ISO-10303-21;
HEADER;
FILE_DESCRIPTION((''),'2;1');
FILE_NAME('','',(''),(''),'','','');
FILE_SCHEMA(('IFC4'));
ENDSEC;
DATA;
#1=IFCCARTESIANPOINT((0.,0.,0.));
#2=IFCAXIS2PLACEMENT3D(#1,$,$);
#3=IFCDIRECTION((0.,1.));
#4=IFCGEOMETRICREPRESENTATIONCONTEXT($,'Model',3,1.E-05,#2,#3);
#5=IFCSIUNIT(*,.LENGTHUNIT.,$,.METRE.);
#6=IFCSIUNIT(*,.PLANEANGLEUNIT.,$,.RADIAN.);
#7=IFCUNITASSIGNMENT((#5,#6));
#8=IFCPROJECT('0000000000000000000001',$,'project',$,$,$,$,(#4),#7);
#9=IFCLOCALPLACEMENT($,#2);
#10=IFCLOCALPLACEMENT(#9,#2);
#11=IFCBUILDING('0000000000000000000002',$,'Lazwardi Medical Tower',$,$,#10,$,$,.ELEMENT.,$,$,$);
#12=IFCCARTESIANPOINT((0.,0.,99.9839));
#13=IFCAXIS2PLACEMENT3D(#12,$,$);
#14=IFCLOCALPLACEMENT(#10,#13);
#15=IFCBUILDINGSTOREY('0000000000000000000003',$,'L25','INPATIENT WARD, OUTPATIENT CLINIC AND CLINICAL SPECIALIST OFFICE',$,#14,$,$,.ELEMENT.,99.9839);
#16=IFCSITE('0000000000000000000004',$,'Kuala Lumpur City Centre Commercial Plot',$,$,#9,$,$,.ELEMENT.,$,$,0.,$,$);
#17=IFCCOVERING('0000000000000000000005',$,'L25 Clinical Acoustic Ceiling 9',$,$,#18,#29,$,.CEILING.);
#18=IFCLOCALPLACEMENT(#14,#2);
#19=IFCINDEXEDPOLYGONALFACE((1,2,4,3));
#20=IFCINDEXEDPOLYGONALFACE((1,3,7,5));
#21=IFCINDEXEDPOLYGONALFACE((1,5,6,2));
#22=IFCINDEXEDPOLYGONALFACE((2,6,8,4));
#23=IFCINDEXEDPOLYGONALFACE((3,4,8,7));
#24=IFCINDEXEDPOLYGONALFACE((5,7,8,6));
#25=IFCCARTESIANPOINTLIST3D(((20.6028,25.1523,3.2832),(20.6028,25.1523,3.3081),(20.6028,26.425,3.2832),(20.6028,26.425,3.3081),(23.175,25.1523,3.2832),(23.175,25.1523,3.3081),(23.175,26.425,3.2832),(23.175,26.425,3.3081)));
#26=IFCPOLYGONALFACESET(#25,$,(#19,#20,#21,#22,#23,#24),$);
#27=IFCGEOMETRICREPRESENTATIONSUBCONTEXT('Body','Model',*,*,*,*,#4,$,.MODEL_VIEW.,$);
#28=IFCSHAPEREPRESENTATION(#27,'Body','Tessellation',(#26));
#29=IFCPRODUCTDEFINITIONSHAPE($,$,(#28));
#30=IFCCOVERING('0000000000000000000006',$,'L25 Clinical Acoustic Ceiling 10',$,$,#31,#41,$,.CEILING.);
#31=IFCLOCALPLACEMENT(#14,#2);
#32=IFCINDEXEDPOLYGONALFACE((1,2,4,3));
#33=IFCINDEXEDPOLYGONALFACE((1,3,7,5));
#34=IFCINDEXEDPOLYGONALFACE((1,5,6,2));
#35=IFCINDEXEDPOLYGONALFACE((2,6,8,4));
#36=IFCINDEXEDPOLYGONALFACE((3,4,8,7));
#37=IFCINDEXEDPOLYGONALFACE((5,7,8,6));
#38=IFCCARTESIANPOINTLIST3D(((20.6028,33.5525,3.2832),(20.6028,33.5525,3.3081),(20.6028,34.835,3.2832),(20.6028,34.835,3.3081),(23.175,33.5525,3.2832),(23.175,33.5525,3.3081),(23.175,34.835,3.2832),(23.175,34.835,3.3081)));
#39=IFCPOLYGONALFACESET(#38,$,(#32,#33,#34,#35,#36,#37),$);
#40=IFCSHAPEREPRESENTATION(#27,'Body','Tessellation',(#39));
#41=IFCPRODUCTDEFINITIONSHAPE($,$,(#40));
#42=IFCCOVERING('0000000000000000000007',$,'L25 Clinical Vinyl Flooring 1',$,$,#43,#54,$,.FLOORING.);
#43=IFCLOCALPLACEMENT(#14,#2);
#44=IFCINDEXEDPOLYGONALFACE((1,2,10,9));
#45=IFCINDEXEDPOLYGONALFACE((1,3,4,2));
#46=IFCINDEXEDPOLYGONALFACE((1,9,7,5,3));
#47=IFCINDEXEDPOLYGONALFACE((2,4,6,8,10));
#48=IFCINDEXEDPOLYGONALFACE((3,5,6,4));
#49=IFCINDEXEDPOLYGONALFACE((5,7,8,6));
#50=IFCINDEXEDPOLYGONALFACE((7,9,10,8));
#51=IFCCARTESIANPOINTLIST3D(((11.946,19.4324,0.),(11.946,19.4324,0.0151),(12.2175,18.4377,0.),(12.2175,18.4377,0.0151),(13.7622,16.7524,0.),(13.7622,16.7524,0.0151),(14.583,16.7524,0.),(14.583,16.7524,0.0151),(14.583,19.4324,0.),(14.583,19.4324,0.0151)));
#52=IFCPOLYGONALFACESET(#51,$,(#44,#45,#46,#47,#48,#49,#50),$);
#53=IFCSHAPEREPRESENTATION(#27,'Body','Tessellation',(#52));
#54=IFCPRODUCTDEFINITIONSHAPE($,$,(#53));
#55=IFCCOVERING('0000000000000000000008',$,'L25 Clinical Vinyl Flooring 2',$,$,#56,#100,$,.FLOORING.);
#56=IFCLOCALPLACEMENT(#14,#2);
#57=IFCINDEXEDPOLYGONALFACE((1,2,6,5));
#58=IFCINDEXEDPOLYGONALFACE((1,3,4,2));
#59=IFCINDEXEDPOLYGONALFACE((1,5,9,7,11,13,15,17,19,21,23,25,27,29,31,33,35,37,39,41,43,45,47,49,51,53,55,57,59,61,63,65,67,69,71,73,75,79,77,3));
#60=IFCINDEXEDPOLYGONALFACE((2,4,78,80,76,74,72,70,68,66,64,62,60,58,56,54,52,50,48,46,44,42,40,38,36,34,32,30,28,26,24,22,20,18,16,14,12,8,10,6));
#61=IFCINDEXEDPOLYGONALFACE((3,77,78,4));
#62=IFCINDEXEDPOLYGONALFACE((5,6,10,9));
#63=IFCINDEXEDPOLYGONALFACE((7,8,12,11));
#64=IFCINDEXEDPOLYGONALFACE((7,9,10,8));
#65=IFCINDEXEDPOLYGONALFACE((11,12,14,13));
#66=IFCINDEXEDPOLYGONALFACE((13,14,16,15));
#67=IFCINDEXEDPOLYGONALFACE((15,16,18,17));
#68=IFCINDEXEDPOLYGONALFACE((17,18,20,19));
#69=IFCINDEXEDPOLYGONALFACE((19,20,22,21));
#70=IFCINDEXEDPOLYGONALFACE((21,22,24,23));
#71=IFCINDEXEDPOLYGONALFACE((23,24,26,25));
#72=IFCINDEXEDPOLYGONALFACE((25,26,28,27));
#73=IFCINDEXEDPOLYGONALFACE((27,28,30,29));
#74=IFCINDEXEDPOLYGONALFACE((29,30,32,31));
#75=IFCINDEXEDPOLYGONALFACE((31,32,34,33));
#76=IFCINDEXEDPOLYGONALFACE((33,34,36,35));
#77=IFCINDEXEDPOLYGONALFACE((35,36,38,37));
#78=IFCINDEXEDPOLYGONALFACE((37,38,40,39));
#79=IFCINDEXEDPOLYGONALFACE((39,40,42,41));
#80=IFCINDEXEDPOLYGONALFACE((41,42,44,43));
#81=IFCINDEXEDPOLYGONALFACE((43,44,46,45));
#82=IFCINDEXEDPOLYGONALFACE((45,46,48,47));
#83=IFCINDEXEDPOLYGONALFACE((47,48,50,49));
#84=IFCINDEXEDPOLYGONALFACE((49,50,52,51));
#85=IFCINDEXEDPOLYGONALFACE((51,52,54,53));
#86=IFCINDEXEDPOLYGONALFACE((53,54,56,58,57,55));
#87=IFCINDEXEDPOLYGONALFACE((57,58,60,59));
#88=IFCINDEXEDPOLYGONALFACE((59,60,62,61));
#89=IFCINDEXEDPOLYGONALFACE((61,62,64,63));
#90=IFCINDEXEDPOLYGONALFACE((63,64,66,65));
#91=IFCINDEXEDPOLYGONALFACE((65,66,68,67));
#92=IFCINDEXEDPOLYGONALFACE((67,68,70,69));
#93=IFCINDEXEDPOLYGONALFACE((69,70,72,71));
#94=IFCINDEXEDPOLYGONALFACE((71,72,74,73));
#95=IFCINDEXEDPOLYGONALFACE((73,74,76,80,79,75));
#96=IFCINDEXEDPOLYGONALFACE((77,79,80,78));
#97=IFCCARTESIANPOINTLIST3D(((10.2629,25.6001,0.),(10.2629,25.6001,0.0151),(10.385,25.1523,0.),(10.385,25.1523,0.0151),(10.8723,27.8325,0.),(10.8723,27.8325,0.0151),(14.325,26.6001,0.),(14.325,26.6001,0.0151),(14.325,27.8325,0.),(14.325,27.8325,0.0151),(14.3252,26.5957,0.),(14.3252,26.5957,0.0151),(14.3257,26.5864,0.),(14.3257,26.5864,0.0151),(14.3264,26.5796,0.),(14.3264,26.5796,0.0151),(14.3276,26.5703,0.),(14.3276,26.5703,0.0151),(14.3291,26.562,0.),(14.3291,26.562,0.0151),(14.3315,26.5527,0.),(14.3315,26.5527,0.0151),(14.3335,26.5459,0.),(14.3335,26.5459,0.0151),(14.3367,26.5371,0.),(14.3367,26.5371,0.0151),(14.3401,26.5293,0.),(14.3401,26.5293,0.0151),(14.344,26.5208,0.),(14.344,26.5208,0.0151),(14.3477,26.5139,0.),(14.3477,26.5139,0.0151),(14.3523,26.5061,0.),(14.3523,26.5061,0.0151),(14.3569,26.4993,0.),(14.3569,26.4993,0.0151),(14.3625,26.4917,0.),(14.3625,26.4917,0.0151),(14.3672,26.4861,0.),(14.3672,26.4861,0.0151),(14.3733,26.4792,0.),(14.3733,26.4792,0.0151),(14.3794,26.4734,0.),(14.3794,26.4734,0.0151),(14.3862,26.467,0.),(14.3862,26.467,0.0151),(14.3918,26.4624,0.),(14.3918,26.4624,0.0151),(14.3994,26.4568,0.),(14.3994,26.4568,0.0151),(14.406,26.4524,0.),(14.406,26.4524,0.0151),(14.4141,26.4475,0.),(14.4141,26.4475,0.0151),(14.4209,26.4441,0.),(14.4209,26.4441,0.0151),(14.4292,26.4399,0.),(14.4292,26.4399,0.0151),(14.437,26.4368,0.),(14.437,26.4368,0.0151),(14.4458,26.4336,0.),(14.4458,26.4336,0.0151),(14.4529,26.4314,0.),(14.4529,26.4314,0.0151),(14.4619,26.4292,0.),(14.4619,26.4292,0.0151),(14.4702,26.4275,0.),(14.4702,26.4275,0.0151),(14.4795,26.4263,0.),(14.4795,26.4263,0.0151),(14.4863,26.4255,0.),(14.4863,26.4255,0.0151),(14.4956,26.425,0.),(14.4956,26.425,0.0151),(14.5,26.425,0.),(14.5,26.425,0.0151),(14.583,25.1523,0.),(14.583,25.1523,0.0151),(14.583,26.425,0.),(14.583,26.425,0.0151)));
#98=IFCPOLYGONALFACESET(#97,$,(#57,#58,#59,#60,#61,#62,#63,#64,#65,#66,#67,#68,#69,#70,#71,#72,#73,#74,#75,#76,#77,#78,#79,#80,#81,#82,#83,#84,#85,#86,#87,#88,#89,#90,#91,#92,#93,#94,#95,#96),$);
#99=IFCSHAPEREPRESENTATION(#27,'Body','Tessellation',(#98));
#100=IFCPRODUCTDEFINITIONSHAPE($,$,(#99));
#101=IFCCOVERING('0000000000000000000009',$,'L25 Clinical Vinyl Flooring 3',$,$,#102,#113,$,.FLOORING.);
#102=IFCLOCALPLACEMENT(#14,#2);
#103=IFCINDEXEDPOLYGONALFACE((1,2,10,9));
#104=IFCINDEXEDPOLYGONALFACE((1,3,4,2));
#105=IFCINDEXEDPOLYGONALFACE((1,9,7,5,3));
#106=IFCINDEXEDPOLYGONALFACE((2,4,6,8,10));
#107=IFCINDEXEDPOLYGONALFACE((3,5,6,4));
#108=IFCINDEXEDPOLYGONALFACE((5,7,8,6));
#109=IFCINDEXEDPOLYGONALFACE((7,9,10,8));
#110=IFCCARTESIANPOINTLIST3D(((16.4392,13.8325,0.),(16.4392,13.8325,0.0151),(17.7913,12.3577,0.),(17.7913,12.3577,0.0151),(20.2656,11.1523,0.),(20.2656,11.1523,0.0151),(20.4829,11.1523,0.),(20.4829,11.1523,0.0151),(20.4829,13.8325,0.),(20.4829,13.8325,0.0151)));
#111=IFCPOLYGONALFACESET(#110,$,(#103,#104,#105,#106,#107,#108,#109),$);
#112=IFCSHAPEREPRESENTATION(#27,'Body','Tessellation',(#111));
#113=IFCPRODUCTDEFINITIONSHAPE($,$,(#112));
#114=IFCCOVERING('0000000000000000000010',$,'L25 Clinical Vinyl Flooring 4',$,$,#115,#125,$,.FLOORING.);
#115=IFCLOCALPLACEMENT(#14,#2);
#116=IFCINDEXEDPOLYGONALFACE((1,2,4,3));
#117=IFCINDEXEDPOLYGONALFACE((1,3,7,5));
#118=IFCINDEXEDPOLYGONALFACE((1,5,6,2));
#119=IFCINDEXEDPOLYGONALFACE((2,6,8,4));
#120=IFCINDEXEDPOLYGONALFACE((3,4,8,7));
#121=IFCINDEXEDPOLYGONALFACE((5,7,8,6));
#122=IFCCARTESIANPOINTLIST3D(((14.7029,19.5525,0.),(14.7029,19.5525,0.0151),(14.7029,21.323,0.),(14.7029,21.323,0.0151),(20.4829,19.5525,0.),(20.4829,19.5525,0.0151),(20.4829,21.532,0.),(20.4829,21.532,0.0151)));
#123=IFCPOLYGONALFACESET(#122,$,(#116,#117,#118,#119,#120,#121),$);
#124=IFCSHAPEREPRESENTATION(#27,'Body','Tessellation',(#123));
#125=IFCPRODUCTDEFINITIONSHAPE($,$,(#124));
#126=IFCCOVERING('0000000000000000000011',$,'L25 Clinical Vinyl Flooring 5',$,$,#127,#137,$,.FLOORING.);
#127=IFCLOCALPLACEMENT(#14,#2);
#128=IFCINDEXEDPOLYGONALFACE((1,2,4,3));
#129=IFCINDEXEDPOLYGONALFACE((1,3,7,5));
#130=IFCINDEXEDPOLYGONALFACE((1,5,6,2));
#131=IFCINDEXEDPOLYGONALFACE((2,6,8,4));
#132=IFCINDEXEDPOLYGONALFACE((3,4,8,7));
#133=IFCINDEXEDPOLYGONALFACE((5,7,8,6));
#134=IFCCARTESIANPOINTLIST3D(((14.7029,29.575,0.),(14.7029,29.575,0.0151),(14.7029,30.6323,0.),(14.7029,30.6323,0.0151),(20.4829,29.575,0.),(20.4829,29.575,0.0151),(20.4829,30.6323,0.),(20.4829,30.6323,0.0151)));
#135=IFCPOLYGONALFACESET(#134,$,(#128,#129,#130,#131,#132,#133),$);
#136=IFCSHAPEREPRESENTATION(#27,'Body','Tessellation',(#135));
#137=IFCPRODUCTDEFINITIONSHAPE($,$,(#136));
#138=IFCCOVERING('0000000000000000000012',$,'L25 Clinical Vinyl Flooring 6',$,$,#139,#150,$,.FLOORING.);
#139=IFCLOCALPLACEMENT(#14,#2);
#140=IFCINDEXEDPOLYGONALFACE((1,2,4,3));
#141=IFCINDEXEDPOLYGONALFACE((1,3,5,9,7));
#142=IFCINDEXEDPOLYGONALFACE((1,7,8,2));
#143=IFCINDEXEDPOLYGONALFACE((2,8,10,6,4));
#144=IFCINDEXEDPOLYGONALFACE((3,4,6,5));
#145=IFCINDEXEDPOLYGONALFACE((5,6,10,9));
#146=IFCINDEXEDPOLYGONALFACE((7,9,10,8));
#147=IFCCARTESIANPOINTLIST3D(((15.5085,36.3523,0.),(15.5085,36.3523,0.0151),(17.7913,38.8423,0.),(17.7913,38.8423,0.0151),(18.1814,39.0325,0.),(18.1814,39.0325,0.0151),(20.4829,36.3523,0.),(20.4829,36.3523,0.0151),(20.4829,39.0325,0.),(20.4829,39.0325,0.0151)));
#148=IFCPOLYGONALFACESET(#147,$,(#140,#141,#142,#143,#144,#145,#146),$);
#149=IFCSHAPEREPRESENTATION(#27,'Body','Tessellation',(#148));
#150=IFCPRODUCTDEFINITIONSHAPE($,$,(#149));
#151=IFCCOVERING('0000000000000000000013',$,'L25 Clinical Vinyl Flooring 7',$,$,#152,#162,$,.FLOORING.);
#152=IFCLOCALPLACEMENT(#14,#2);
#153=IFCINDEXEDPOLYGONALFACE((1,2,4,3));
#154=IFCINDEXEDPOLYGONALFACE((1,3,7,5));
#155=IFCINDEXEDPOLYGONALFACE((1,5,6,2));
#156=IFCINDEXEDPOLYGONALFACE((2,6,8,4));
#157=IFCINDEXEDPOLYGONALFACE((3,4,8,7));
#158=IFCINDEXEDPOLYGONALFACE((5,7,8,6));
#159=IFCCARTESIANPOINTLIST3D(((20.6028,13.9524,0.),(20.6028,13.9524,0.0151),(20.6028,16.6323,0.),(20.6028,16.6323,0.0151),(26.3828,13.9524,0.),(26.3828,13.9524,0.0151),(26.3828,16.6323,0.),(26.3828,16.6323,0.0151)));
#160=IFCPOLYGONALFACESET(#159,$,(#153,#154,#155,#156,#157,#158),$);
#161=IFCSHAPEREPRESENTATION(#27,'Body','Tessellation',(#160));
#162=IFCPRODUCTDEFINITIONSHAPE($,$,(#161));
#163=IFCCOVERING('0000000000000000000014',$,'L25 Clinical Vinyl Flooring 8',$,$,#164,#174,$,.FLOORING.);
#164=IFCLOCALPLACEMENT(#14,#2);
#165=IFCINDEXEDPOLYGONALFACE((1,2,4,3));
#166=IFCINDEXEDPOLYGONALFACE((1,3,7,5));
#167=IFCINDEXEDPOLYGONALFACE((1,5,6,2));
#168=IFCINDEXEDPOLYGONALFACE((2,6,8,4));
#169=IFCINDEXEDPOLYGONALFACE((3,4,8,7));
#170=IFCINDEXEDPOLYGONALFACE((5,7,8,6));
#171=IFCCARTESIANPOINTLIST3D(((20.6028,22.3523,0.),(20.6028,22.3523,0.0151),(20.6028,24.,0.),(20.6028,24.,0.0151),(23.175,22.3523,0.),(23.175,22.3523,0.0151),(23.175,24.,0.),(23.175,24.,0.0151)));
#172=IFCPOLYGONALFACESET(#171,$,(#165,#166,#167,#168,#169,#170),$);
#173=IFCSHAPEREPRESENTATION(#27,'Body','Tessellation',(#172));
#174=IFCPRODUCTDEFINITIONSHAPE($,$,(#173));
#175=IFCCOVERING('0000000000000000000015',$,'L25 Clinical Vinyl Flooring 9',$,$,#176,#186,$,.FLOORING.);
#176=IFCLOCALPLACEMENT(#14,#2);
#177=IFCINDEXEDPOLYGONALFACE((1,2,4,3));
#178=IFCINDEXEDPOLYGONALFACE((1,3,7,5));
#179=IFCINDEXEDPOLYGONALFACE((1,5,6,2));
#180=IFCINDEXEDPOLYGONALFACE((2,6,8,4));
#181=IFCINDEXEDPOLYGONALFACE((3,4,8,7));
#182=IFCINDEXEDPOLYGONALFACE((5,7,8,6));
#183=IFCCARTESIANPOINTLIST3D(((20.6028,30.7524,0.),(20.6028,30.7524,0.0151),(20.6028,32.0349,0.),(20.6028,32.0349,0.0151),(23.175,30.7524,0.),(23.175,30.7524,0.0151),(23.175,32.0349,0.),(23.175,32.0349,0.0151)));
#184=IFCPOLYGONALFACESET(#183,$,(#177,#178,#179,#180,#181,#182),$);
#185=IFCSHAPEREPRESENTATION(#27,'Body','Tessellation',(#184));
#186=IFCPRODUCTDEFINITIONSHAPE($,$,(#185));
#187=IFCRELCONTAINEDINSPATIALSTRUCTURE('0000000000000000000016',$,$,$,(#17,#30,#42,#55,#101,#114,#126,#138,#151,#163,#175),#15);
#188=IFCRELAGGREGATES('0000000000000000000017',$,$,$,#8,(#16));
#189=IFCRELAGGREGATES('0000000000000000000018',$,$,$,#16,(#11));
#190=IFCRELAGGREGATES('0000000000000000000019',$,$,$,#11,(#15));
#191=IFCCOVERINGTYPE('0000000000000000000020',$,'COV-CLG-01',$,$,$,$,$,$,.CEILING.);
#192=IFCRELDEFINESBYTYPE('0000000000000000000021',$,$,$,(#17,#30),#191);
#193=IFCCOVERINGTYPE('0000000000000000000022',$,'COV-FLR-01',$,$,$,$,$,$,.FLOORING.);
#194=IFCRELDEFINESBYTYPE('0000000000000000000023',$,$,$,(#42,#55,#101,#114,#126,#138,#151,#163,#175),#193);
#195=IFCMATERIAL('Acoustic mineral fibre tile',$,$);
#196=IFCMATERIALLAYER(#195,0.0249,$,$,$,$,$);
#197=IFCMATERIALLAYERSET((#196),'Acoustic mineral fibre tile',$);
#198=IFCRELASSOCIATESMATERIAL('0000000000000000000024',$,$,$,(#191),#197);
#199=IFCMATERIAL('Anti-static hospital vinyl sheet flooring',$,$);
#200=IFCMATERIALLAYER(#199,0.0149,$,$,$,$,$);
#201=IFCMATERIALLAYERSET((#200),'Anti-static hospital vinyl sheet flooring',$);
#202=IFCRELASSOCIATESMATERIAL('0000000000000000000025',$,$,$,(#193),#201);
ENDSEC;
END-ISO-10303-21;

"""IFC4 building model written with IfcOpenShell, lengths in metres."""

from ifc_helpers import new_model, si_unit, direction, frame, origin, place, context, subcontext, project, spatial, polyline, outline, extrude, material, layer, layer_set, type_object, element, save


model = new_model("IFC4")

# Units and contexts
model_context = context("Model", 3, precision=1e-05, world=origin(), true_north=direction((0.0, 1.0)))
body_context = subcontext(model_context, "Body", "Model", "MODEL_VIEW")
ifc_project = project(units=[si_unit("LENGTHUNIT", "METRE"), si_unit("PLANEANGLEUNIT", "RADIAN")], contexts=[model_context])

# Site, building, storey
site_placement = place(None, origin())
site = spatial("IfcSite", under=ifc_project, at=site_placement, Name="Kuala Lumpur City Centre Commercial Plot", CompositionType="ELEMENT", RefElevation=0.0)
building_placement = place(site_placement, origin())
building = spatial("IfcBuilding", under=site, at=building_placement, Name="Lazwardi Medical Tower", CompositionType="ELEMENT")
storey_placement = place(building_placement, frame((0.0, 0.0, 99.9839)))
storey = spatial("IfcBuildingStorey", under=building, at=storey_placement, Name="L25", Description="INPATIENT WARD, OUTPATIENT CLINIC AND CLINICAL SPECIALIST OFFICE", CompositionType="ELEMENT", Elevation=99.9839)

# Coverings
ifc_material_1 = material(Name="Acoustic mineral fibre tile")
ifc_layer_1 = layer(ifc_material_1, 0.0249)
ifc_layer_set_1 = layer_set([ifc_layer_1], Name="Acoustic mineral fibre tile")
covering_type_1 = type_object("IfcCoveringType", Name="COV-CLG-01", PredefinedType="CEILING", material=ifc_layer_set_1)
covering_1_placement = place(storey_placement, frame((0.0, 0.0, 3.2832)))
element("IfcCovering", 1, at=covering_1_placement, inside=storey, type_object=covering_type_1, Name="L25 Clinical Acoustic Ceiling 9", PredefinedType="CEILING", context=body_context, shape_type="SweptSolid", body=[
    extrude(outline(polyline([(23.175, 25.1523), (23.175, 26.425), (20.6028, 26.425), (20.6028, 25.1523), (23.175, 25.1523)])), origin(), (0.0, 0.0, 1.0), 0.0249),
])
covering_2_placement = place(storey_placement, frame((0.0, 0.0, 3.2832)))
element("IfcCovering", 2, at=covering_2_placement, inside=storey, type_object=covering_type_1, Name="L25 Clinical Acoustic Ceiling 10", PredefinedType="CEILING", context=body_context, shape_type="SweptSolid", body=[
    extrude(outline(polyline([(23.175, 33.5525), (23.175, 34.835), (20.6028, 34.835), (20.6028, 33.5525), (23.175, 33.5525)])), origin(), (0.0, 0.0, 1.0), 0.0249),
])
ifc_material_2 = material(Name="Anti-static hospital vinyl sheet flooring")
ifc_layer_2 = layer(ifc_material_2, 0.0149)
ifc_layer_set_2 = layer_set([ifc_layer_2], Name="Anti-static hospital vinyl sheet flooring")
covering_type_2 = type_object("IfcCoveringType", Name="COV-FLR-01", PredefinedType="FLOORING", material=ifc_layer_set_2)
covering_3_placement = place(storey_placement, origin())
element("IfcCovering", 3, at=covering_3_placement, inside=storey, type_object=covering_type_2, Name="L25 Clinical Vinyl Flooring 1", PredefinedType="FLOORING", context=body_context, shape_type="SweptSolid", body=[
    extrude(outline(polyline([(11.946, 19.4324), (12.2175, 18.4377), (13.7622, 16.7524), (14.583, 16.7524), (14.583, 19.4324), (11.946, 19.4324)])), origin(), (0.0, 0.0, 1.0), 0.0151),
])
covering_4_placement = place(storey_placement, origin())
element("IfcCovering", 4, at=covering_4_placement, inside=storey, type_object=covering_type_2, Name="L25 Clinical Vinyl Flooring 2", PredefinedType="FLOORING", context=body_context, shape_type="SweptSolid", body=[
    extrude(outline(polyline([(14.583, 26.425), (14.5, 26.425), (14.4956, 26.425), (14.4863, 26.4255), (14.4795, 26.4263), (14.4702, 26.4275), (14.4619, 26.4292), (14.4529, 26.4314), (14.4458, 26.4336), (14.437, 26.4368), (14.4292, 26.4399), (14.4209, 26.4441), (14.4141, 26.4475), (14.406, 26.4524), (14.3994, 26.4568), (14.3918, 26.4624), (14.3862, 26.467), (14.3794, 26.4734), (14.3733, 26.4792), (14.3672, 26.4861), (14.3625, 26.4917), (14.3569, 26.4993), (14.3523, 26.5061), (14.3477, 26.5139), (14.344, 26.5208), (14.3401, 26.5293), (14.3367, 26.5371), (14.3335, 26.5459), (14.3315, 26.5527), (14.3291, 26.562), (14.3276, 26.5703), (14.3264, 26.5796), (14.3257, 26.5864), (14.3252, 26.5957), (14.325, 26.6001), (14.325, 27.8325), (10.8723, 27.8325), (10.2629, 25.6001), (10.385, 25.1523), (14.583, 25.1523), (14.583, 26.425)])), origin(), (0.0, 0.0, 1.0), 0.0151),
])
covering_5_placement = place(storey_placement, origin())
element("IfcCovering", 5, at=covering_5_placement, inside=storey, type_object=covering_type_2, Name="L25 Clinical Vinyl Flooring 3", PredefinedType="FLOORING", context=body_context, shape_type="SweptSolid", body=[
    extrude(outline(polyline([(16.4392, 13.8325), (17.7913, 12.3577), (20.2656, 11.1523), (20.4829, 11.1523), (20.4829, 13.8325), (16.4392, 13.8325)])), origin(), (0.0, 0.0, 1.0), 0.0151),
])
covering_6_placement = place(storey_placement, origin())
element("IfcCovering", 6, at=covering_6_placement, inside=storey, type_object=covering_type_2, Name="L25 Clinical Vinyl Flooring 4", PredefinedType="FLOORING", context=body_context, shape_type="SweptSolid", body=[
    extrude(outline(polyline([(20.4829, 21.532), (14.7029, 21.323), (14.7029, 19.5525), (20.4829, 19.5525), (20.4829, 21.532)])), origin(), (0.0, 0.0, 1.0), 0.0151),
])
covering_7_placement = place(storey_placement, origin())
element("IfcCovering", 7, at=covering_7_placement, inside=storey, type_object=covering_type_2, Name="L25 Clinical Vinyl Flooring 5", PredefinedType="FLOORING", context=body_context, shape_type="SweptSolid", body=[
    extrude(outline(polyline([(14.7029, 29.575), (20.4829, 29.575), (20.4829, 30.6323), (14.7029, 30.6323), (14.7029, 29.575)])), origin(), (0.0, 0.0, 1.0), 0.0151),
])
covering_8_placement = place(storey_placement, origin())
element("IfcCovering", 8, at=covering_8_placement, inside=storey, type_object=covering_type_2, Name="L25 Clinical Vinyl Flooring 6", PredefinedType="FLOORING", context=body_context, shape_type="SweptSolid", body=[
    extrude(outline(polyline([(18.1814, 39.0325), (17.7913, 38.8423), (15.5085, 36.3523), (20.4829, 36.3523), (20.4829, 39.0325), (18.1814, 39.0325)])), origin(), (0.0, 0.0, 1.0), 0.0151),
])
covering_9_placement = place(storey_placement, origin())
element("IfcCovering", 9, at=covering_9_placement, inside=storey, type_object=covering_type_2, Name="L25 Clinical Vinyl Flooring 7", PredefinedType="FLOORING", context=body_context, shape_type="SweptSolid", body=[
    extrude(outline(polyline([(26.3828, 13.9524), (26.3828, 16.6323), (20.6028, 16.6323), (20.6028, 13.9524), (26.3828, 13.9524)])), origin(), (0.0, 0.0, 1.0), 0.0151),
])
covering_10_placement = place(storey_placement, origin())
element("IfcCovering", 10, at=covering_10_placement, inside=storey, type_object=covering_type_2, Name="L25 Clinical Vinyl Flooring 8", PredefinedType="FLOORING", context=body_context, shape_type="SweptSolid", body=[
    extrude(outline(polyline([(23.175, 22.3523), (23.175, 24.0), (20.6028, 24.0), (20.6028, 22.3523), (23.175, 22.3523)])), origin(), (0.0, 0.0, 1.0), 0.0151),
])
covering_11_placement = place(storey_placement, origin())
element("IfcCovering", 11, at=covering_11_placement, inside=storey, type_object=covering_type_2, Name="L25 Clinical Vinyl Flooring 9", PredefinedType="FLOORING", context=body_context, shape_type="SweptSolid", body=[
    extrude(outline(polyline([(23.175, 30.7524), (23.175, 32.0349), (20.6028, 32.0349), (20.6028, 30.7524), (23.175, 30.7524)])), origin(), (0.0, 0.0, 1.0), 0.0151),
])

save(model, "model.ifc")
